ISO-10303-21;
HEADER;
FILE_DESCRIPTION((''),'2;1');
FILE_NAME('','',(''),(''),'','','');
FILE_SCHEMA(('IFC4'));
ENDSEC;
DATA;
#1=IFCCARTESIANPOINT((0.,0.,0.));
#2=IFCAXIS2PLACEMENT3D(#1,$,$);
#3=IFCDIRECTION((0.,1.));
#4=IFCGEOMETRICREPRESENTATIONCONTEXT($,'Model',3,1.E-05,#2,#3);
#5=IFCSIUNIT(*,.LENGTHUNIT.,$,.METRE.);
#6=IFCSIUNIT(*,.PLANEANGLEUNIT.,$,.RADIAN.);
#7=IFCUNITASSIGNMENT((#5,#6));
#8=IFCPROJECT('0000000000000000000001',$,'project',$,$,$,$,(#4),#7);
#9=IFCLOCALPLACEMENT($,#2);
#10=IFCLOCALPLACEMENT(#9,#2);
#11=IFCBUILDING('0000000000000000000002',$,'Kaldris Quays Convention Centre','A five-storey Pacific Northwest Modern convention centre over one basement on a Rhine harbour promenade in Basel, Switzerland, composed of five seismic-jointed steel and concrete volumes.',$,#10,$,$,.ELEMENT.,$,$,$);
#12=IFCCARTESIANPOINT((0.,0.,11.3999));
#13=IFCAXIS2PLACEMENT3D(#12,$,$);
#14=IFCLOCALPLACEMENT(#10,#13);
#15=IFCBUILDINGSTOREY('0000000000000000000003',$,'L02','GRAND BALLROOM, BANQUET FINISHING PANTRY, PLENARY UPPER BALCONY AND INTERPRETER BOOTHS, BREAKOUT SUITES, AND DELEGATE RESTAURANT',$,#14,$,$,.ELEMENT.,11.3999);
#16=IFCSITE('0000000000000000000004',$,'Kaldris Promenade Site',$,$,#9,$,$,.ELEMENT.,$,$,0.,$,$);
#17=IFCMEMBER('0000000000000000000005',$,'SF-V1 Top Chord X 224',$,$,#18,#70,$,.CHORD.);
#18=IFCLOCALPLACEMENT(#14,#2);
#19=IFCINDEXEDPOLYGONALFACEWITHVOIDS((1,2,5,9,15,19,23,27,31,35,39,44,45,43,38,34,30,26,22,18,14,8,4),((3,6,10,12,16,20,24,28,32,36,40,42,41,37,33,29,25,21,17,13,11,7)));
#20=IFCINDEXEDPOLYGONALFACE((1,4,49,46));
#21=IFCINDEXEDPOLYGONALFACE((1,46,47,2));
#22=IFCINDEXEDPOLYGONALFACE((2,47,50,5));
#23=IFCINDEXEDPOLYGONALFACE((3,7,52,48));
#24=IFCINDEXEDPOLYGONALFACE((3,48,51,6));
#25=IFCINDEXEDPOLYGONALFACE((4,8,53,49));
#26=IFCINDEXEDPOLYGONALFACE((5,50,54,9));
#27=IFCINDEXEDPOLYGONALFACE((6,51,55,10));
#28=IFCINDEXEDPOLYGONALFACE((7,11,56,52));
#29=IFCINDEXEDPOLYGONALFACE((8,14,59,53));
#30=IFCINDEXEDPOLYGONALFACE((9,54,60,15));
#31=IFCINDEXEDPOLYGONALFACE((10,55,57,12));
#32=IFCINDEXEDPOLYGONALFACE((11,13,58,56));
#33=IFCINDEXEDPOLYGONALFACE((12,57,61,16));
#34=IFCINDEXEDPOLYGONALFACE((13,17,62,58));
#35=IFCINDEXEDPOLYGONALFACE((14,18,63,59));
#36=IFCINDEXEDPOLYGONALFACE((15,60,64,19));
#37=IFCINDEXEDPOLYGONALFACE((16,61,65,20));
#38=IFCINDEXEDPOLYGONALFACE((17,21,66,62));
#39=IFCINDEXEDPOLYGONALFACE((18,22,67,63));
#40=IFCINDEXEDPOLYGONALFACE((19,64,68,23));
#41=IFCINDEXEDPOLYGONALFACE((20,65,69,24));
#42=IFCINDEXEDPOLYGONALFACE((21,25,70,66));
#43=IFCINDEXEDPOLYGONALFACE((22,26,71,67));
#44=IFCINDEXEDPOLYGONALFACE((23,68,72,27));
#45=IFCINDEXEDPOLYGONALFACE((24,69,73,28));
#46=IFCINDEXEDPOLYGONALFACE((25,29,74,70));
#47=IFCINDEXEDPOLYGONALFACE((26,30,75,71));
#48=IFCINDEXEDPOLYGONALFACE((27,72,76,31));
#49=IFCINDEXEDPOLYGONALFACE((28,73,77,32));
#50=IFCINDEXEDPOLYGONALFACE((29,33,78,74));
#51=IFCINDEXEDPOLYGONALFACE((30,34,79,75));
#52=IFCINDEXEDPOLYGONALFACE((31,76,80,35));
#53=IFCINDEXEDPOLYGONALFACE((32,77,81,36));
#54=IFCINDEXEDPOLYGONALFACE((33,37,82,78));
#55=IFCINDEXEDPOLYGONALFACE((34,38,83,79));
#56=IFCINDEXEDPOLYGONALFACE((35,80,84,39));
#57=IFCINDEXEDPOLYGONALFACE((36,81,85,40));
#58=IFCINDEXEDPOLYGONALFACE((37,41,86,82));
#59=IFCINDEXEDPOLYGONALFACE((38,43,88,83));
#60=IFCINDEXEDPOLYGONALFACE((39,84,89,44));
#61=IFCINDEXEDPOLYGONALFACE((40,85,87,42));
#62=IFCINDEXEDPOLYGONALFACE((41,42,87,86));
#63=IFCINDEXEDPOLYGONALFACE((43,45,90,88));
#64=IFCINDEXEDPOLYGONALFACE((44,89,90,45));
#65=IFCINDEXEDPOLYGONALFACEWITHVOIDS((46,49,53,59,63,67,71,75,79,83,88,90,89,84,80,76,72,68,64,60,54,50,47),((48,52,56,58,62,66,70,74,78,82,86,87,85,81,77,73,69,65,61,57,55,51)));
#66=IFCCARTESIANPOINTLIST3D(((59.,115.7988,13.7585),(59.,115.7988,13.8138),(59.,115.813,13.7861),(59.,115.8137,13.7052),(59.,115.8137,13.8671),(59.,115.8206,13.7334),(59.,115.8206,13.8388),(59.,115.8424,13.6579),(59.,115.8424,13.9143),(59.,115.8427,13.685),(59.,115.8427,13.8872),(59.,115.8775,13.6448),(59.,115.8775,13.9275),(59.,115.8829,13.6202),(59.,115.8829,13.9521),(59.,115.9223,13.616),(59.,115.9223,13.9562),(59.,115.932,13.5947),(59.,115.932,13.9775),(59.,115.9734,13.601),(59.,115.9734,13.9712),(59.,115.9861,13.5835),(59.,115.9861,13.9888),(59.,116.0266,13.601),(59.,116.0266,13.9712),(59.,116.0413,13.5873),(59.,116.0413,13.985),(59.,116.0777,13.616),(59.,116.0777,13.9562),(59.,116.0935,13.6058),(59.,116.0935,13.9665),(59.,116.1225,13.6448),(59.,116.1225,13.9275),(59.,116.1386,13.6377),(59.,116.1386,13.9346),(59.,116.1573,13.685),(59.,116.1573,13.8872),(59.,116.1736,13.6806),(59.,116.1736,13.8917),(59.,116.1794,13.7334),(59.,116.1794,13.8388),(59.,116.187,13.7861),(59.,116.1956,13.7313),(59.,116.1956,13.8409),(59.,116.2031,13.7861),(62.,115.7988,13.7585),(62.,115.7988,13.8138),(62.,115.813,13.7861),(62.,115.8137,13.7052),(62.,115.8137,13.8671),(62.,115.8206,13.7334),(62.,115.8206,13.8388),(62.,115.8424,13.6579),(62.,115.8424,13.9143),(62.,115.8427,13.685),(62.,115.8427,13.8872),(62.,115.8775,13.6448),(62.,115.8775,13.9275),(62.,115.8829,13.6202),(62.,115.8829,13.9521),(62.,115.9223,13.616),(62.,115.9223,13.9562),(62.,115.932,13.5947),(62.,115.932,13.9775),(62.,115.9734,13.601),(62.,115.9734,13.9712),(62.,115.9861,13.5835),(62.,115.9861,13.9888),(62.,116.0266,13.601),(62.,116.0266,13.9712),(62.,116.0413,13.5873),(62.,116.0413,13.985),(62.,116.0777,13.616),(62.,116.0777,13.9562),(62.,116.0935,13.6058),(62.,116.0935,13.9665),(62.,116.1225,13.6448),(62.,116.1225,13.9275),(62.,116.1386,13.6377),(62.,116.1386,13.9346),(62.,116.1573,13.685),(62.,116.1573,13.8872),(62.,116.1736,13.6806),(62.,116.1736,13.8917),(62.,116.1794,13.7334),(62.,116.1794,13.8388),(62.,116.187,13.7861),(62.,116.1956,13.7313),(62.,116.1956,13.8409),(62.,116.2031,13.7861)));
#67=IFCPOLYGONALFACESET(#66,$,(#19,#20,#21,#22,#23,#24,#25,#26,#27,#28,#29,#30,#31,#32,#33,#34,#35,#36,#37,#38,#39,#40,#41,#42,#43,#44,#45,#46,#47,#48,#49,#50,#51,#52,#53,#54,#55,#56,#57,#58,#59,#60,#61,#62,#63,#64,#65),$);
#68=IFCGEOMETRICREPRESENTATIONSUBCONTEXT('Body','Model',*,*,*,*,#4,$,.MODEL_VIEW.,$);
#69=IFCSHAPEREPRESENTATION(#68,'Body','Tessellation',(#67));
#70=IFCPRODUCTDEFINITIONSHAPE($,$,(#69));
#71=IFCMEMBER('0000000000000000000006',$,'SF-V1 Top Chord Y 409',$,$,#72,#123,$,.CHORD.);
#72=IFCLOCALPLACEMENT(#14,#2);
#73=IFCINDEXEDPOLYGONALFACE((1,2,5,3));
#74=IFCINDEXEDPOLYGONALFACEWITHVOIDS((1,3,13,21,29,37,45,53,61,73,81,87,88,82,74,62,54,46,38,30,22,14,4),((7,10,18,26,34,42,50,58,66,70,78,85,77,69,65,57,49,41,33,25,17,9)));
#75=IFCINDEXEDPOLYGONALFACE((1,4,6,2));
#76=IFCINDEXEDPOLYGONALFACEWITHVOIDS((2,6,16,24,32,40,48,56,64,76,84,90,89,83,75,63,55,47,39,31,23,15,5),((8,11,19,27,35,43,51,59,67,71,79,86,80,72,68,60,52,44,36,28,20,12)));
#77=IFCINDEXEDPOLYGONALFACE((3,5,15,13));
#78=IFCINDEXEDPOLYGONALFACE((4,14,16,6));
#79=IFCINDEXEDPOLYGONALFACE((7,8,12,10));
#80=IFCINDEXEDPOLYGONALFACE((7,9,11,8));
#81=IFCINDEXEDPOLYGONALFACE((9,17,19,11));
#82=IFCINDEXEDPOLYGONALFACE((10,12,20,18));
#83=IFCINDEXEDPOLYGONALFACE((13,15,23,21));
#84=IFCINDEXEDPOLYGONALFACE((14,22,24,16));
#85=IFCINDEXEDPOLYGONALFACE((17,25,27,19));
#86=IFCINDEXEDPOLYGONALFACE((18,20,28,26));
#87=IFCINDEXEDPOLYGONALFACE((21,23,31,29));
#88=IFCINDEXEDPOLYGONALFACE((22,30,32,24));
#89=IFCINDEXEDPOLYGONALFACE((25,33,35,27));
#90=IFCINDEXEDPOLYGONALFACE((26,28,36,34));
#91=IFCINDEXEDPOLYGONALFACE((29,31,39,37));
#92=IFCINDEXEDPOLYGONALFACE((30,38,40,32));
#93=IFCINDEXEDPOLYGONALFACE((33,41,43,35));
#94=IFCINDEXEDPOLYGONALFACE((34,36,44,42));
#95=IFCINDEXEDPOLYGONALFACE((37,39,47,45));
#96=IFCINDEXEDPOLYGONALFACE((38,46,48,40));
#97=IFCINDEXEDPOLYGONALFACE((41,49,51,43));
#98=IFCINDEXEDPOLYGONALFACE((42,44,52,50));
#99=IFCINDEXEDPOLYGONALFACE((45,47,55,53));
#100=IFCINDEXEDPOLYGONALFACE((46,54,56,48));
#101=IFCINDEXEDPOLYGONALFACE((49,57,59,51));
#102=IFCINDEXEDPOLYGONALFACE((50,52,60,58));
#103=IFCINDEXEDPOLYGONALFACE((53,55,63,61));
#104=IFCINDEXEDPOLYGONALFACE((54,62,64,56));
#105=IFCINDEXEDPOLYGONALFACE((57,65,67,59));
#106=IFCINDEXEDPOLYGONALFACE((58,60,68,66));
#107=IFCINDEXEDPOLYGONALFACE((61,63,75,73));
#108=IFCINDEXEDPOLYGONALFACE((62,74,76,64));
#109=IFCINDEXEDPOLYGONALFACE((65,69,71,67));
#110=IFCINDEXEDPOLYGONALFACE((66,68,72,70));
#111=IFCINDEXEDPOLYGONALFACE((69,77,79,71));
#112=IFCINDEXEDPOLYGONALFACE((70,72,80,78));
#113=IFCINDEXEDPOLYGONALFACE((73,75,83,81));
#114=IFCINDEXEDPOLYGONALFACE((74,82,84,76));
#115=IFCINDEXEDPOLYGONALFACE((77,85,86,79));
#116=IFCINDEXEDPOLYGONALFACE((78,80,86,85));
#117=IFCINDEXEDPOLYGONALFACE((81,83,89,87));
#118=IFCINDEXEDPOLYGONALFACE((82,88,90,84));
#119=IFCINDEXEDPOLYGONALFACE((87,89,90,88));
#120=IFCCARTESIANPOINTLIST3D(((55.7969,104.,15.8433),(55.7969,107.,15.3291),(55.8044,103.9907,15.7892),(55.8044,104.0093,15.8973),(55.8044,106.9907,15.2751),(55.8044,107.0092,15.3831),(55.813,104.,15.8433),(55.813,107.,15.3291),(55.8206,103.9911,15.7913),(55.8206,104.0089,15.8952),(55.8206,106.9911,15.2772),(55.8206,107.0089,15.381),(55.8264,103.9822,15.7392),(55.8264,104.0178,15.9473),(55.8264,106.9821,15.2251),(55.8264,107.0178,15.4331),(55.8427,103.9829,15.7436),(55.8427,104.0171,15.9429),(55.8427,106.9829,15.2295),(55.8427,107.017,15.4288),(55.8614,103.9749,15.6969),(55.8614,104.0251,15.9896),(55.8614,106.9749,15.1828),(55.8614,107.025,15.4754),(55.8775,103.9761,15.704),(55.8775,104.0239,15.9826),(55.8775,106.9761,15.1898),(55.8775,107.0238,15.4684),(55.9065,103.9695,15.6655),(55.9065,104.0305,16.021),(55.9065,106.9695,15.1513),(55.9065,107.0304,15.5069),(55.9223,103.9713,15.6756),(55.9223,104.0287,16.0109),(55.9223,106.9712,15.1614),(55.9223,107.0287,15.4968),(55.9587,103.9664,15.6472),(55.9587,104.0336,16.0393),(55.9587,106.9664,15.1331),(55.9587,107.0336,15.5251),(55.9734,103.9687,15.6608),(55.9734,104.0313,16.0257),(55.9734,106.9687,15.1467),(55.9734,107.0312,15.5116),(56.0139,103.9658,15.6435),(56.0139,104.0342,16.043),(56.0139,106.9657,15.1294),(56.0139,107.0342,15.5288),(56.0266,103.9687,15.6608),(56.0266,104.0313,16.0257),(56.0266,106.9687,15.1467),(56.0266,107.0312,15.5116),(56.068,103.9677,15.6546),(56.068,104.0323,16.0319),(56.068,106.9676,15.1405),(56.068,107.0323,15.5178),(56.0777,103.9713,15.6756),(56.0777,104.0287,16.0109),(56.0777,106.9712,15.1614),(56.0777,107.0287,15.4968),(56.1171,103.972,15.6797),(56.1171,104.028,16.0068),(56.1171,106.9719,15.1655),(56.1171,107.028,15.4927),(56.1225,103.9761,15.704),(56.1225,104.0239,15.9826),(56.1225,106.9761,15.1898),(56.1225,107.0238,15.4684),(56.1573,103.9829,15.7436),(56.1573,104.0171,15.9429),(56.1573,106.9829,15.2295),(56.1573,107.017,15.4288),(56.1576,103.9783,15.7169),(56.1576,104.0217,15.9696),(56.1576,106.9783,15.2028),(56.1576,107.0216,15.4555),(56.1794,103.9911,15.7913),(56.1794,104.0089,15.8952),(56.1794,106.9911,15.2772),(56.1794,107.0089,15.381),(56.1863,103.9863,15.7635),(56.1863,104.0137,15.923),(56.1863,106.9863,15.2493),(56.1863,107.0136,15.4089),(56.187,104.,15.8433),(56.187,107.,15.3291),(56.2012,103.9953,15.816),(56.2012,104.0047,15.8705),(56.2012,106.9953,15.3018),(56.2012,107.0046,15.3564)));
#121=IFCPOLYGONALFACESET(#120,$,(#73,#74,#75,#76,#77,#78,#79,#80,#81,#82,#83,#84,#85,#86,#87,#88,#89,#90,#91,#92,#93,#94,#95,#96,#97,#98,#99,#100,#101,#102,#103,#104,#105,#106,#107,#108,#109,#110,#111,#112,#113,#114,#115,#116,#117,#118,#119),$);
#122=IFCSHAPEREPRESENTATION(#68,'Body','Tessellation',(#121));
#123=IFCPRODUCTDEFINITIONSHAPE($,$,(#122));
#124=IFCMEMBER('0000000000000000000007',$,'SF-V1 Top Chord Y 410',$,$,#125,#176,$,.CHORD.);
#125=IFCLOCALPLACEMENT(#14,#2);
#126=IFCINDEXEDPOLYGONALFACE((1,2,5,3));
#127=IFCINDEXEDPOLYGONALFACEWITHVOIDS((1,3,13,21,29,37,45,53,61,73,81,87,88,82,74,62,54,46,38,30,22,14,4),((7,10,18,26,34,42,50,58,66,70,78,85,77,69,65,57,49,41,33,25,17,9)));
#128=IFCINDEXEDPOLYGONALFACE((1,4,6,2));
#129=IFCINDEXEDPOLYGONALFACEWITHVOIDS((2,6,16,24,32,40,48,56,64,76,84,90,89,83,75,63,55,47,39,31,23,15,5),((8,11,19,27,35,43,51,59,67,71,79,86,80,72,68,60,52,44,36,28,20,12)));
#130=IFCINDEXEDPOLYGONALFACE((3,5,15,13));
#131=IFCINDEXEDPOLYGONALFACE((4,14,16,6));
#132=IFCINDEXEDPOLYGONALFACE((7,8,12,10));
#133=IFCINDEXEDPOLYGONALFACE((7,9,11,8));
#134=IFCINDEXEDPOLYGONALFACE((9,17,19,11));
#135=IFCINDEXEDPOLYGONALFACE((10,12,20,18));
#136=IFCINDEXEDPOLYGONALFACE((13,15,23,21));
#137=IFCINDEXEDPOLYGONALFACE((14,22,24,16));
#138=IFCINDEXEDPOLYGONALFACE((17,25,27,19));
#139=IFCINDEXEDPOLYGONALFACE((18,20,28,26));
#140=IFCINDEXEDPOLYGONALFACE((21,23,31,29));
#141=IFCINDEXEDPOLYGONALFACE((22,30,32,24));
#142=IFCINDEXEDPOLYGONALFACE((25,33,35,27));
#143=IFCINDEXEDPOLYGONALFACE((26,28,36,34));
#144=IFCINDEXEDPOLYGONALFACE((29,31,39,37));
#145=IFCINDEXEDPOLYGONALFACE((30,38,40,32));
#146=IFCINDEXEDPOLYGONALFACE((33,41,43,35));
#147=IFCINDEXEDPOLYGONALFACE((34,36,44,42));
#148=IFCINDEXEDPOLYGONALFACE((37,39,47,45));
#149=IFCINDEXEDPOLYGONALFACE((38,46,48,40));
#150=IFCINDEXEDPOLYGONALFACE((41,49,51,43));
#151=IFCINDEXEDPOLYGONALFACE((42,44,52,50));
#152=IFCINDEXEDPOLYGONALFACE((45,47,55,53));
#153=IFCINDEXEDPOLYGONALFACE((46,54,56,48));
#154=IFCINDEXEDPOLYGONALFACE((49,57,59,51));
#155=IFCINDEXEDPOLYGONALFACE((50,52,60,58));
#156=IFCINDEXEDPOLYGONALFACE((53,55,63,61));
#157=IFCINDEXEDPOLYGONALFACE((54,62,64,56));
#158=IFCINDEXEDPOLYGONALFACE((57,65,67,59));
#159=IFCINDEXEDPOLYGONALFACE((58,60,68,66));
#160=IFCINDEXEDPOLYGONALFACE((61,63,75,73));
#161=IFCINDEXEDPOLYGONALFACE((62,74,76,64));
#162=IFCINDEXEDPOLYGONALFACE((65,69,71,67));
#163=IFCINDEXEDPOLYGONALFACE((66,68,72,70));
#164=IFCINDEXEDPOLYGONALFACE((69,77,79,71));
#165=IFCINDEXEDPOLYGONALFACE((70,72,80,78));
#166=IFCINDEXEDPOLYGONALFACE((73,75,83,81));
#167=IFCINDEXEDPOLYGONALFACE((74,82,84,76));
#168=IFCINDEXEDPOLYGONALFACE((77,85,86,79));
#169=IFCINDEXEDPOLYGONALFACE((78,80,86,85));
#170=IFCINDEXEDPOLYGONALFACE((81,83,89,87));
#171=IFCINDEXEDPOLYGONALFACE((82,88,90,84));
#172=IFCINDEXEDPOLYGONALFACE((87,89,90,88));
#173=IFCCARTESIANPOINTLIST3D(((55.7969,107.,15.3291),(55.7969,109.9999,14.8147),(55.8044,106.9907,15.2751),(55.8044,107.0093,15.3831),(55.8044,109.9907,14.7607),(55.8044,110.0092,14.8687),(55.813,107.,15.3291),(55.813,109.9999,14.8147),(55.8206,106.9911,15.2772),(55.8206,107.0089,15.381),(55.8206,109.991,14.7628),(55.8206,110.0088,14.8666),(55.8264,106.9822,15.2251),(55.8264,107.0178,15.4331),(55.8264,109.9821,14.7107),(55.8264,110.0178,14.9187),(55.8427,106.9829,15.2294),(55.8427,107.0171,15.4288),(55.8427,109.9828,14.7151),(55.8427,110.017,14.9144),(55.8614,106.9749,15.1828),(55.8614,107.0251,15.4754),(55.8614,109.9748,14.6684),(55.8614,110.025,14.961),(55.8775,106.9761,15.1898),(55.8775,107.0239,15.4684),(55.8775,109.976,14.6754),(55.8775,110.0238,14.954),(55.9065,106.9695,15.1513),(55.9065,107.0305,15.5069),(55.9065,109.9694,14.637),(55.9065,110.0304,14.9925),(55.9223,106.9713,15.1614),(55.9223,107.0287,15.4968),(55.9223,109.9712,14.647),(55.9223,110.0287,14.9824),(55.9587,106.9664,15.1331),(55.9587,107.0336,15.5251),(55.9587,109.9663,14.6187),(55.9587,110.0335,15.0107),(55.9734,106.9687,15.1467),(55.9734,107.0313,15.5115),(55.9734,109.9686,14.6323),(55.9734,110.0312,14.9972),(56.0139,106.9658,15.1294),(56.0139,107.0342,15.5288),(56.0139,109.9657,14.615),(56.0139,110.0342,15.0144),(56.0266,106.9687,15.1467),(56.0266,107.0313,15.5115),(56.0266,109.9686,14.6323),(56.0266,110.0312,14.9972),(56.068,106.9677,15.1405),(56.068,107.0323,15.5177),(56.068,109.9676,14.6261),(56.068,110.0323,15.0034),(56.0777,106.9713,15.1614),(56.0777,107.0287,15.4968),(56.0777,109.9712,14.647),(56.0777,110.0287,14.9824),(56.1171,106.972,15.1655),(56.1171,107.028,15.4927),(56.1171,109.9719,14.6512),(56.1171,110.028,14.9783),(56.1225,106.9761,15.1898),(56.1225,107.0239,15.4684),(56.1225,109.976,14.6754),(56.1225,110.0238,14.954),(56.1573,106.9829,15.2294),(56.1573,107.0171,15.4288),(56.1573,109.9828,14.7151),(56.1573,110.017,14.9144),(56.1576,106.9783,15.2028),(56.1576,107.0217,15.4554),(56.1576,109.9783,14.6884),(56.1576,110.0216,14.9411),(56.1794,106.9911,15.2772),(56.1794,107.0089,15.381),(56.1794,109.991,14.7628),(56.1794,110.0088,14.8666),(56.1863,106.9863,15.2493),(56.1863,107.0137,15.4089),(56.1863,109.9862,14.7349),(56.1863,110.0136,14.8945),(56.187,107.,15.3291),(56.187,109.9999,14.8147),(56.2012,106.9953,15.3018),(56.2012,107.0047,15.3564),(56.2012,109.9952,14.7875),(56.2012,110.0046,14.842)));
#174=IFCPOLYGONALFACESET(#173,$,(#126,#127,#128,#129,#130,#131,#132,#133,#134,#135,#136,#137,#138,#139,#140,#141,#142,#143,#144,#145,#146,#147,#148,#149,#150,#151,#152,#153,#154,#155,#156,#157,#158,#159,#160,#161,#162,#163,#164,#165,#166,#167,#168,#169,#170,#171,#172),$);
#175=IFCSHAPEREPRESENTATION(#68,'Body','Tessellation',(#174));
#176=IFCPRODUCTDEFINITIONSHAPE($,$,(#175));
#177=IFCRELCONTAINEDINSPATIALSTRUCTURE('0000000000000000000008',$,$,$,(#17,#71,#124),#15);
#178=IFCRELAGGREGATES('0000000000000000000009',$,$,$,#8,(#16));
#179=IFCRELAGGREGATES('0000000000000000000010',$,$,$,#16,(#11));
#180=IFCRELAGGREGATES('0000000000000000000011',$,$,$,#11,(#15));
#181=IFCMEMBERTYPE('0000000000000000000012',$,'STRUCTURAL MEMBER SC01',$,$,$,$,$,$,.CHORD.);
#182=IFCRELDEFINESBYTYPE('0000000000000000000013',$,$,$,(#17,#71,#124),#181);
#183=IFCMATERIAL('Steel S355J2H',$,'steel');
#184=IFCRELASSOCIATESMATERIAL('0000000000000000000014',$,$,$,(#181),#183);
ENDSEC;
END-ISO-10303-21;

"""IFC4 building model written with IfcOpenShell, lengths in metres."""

from ifc_helpers import new_model, si_unit, direction, frame, origin, origin_2d, place, context, subcontext, project, spatial, hollow_circle, extrude, material, material_profile, profile_set, type_object, element, save


model = new_model("IFC4")

# Units and contexts
model_context = context("Model", 3, precision=1e-05, world=origin(), true_north=direction((0.0, 1.0)))
body_context = subcontext(model_context, "Body", "Model", "MODEL_VIEW")
ifc_project = project(units=[si_unit("LENGTHUNIT", "METRE"), si_unit("PLANEANGLEUNIT", "RADIAN")], contexts=[model_context])

# Site, building, storey
site_placement = place(None, origin())
site = spatial("IfcSite", under=ifc_project, at=site_placement, Name="Kaldris Promenade Site", CompositionType="ELEMENT", RefElevation=0.0)
building_placement = place(site_placement, origin())
building = spatial("IfcBuilding", under=site, at=building_placement, Name="Kaldris Quays Convention Centre", Description="A five-storey Pacific Northwest Modern convention centre over one basement on a Rhine harbour promenade in Basel, Switzerland, composed of five seismic-jointed steel and concrete volumes.", CompositionType="ELEMENT")
storey_placement = place(building_placement, frame((0.0, 0.0, 11.3999)))
storey = spatial("IfcBuildingStorey", under=building, at=storey_placement, Name="L02", Description="GRAND BALLROOM, BANQUET FINISHING PANTRY, PLENARY UPPER BALCONY AND INTERPRETER BOOTHS, BREAKOUT SUITES, AND DELEGATE RESTAURANT", CompositionType="ELEMENT", Elevation=11.3999)

# Members
ifc_material_1 = material(Name="Steel S355J2H", Category="steel")
ifc_material_profile_1 = material_profile(ifc_material_1, hollow_circle(Radius=0.2031, WallThickness=0.0161, at=origin_2d()), Name="CHS 406.4x16")
ifc_profile_set_1 = profile_set([ifc_material_profile_1], Name="Steel S355J2H")
member_type_1 = type_object("IfcMemberType", Name="STRUCTURAL MEMBER SC01", PredefinedType="CHORD", material=ifc_profile_set_1)
for number, where, z_axis, x_axis, name in (
    (1, (59.0, 116.0, 13.7861), (1.0, 0.0, 0.0), (0.0, 1.0, 0.0), "SF-V1 Top Chord X 224"),
):
    element("IfcMember", number, at=place(storey_placement, frame(where, z_axis=z_axis, x_axis=x_axis)), inside=storey, type_object=member_type_1, Name=name, PredefinedType="CHORD", context=body_context, shape_type="SweptSolid", body=[
        extrude(hollow_circle(Radius=0.2031, WallThickness=0.0161, at=origin_2d()), origin(), (0.0, 0.0, 1.0), 3.0),
    ])
for number, where, z_axis, x_axis, name in (
    (2, (56.0, 104.0, 15.8433), (0.0, 0.985629, -0.168924), (-1.0, 0.0, 0.0), "SF-V1 Top Chord Y 409"),
    (3, (56.0, 107.0, 15.3291), (0.0, 0.985616, -0.169002), (-1.0, 0.0, 0.0), "SF-V1 Top Chord Y 410"),
):
    element("IfcMember", number, at=place(storey_placement, frame(where, z_axis=z_axis, x_axis=x_axis)), inside=storey, type_object=member_type_1, Name=name, PredefinedType="CHORD", context=body_context, shape_type="SweptSolid", body=[
        extrude(hollow_circle(Radius=0.2031, WallThickness=0.0161, at=origin_2d()), origin(), (0.0, 0.0, 1.0), 3.0437),
    ])

save(model, "model.ifc")
